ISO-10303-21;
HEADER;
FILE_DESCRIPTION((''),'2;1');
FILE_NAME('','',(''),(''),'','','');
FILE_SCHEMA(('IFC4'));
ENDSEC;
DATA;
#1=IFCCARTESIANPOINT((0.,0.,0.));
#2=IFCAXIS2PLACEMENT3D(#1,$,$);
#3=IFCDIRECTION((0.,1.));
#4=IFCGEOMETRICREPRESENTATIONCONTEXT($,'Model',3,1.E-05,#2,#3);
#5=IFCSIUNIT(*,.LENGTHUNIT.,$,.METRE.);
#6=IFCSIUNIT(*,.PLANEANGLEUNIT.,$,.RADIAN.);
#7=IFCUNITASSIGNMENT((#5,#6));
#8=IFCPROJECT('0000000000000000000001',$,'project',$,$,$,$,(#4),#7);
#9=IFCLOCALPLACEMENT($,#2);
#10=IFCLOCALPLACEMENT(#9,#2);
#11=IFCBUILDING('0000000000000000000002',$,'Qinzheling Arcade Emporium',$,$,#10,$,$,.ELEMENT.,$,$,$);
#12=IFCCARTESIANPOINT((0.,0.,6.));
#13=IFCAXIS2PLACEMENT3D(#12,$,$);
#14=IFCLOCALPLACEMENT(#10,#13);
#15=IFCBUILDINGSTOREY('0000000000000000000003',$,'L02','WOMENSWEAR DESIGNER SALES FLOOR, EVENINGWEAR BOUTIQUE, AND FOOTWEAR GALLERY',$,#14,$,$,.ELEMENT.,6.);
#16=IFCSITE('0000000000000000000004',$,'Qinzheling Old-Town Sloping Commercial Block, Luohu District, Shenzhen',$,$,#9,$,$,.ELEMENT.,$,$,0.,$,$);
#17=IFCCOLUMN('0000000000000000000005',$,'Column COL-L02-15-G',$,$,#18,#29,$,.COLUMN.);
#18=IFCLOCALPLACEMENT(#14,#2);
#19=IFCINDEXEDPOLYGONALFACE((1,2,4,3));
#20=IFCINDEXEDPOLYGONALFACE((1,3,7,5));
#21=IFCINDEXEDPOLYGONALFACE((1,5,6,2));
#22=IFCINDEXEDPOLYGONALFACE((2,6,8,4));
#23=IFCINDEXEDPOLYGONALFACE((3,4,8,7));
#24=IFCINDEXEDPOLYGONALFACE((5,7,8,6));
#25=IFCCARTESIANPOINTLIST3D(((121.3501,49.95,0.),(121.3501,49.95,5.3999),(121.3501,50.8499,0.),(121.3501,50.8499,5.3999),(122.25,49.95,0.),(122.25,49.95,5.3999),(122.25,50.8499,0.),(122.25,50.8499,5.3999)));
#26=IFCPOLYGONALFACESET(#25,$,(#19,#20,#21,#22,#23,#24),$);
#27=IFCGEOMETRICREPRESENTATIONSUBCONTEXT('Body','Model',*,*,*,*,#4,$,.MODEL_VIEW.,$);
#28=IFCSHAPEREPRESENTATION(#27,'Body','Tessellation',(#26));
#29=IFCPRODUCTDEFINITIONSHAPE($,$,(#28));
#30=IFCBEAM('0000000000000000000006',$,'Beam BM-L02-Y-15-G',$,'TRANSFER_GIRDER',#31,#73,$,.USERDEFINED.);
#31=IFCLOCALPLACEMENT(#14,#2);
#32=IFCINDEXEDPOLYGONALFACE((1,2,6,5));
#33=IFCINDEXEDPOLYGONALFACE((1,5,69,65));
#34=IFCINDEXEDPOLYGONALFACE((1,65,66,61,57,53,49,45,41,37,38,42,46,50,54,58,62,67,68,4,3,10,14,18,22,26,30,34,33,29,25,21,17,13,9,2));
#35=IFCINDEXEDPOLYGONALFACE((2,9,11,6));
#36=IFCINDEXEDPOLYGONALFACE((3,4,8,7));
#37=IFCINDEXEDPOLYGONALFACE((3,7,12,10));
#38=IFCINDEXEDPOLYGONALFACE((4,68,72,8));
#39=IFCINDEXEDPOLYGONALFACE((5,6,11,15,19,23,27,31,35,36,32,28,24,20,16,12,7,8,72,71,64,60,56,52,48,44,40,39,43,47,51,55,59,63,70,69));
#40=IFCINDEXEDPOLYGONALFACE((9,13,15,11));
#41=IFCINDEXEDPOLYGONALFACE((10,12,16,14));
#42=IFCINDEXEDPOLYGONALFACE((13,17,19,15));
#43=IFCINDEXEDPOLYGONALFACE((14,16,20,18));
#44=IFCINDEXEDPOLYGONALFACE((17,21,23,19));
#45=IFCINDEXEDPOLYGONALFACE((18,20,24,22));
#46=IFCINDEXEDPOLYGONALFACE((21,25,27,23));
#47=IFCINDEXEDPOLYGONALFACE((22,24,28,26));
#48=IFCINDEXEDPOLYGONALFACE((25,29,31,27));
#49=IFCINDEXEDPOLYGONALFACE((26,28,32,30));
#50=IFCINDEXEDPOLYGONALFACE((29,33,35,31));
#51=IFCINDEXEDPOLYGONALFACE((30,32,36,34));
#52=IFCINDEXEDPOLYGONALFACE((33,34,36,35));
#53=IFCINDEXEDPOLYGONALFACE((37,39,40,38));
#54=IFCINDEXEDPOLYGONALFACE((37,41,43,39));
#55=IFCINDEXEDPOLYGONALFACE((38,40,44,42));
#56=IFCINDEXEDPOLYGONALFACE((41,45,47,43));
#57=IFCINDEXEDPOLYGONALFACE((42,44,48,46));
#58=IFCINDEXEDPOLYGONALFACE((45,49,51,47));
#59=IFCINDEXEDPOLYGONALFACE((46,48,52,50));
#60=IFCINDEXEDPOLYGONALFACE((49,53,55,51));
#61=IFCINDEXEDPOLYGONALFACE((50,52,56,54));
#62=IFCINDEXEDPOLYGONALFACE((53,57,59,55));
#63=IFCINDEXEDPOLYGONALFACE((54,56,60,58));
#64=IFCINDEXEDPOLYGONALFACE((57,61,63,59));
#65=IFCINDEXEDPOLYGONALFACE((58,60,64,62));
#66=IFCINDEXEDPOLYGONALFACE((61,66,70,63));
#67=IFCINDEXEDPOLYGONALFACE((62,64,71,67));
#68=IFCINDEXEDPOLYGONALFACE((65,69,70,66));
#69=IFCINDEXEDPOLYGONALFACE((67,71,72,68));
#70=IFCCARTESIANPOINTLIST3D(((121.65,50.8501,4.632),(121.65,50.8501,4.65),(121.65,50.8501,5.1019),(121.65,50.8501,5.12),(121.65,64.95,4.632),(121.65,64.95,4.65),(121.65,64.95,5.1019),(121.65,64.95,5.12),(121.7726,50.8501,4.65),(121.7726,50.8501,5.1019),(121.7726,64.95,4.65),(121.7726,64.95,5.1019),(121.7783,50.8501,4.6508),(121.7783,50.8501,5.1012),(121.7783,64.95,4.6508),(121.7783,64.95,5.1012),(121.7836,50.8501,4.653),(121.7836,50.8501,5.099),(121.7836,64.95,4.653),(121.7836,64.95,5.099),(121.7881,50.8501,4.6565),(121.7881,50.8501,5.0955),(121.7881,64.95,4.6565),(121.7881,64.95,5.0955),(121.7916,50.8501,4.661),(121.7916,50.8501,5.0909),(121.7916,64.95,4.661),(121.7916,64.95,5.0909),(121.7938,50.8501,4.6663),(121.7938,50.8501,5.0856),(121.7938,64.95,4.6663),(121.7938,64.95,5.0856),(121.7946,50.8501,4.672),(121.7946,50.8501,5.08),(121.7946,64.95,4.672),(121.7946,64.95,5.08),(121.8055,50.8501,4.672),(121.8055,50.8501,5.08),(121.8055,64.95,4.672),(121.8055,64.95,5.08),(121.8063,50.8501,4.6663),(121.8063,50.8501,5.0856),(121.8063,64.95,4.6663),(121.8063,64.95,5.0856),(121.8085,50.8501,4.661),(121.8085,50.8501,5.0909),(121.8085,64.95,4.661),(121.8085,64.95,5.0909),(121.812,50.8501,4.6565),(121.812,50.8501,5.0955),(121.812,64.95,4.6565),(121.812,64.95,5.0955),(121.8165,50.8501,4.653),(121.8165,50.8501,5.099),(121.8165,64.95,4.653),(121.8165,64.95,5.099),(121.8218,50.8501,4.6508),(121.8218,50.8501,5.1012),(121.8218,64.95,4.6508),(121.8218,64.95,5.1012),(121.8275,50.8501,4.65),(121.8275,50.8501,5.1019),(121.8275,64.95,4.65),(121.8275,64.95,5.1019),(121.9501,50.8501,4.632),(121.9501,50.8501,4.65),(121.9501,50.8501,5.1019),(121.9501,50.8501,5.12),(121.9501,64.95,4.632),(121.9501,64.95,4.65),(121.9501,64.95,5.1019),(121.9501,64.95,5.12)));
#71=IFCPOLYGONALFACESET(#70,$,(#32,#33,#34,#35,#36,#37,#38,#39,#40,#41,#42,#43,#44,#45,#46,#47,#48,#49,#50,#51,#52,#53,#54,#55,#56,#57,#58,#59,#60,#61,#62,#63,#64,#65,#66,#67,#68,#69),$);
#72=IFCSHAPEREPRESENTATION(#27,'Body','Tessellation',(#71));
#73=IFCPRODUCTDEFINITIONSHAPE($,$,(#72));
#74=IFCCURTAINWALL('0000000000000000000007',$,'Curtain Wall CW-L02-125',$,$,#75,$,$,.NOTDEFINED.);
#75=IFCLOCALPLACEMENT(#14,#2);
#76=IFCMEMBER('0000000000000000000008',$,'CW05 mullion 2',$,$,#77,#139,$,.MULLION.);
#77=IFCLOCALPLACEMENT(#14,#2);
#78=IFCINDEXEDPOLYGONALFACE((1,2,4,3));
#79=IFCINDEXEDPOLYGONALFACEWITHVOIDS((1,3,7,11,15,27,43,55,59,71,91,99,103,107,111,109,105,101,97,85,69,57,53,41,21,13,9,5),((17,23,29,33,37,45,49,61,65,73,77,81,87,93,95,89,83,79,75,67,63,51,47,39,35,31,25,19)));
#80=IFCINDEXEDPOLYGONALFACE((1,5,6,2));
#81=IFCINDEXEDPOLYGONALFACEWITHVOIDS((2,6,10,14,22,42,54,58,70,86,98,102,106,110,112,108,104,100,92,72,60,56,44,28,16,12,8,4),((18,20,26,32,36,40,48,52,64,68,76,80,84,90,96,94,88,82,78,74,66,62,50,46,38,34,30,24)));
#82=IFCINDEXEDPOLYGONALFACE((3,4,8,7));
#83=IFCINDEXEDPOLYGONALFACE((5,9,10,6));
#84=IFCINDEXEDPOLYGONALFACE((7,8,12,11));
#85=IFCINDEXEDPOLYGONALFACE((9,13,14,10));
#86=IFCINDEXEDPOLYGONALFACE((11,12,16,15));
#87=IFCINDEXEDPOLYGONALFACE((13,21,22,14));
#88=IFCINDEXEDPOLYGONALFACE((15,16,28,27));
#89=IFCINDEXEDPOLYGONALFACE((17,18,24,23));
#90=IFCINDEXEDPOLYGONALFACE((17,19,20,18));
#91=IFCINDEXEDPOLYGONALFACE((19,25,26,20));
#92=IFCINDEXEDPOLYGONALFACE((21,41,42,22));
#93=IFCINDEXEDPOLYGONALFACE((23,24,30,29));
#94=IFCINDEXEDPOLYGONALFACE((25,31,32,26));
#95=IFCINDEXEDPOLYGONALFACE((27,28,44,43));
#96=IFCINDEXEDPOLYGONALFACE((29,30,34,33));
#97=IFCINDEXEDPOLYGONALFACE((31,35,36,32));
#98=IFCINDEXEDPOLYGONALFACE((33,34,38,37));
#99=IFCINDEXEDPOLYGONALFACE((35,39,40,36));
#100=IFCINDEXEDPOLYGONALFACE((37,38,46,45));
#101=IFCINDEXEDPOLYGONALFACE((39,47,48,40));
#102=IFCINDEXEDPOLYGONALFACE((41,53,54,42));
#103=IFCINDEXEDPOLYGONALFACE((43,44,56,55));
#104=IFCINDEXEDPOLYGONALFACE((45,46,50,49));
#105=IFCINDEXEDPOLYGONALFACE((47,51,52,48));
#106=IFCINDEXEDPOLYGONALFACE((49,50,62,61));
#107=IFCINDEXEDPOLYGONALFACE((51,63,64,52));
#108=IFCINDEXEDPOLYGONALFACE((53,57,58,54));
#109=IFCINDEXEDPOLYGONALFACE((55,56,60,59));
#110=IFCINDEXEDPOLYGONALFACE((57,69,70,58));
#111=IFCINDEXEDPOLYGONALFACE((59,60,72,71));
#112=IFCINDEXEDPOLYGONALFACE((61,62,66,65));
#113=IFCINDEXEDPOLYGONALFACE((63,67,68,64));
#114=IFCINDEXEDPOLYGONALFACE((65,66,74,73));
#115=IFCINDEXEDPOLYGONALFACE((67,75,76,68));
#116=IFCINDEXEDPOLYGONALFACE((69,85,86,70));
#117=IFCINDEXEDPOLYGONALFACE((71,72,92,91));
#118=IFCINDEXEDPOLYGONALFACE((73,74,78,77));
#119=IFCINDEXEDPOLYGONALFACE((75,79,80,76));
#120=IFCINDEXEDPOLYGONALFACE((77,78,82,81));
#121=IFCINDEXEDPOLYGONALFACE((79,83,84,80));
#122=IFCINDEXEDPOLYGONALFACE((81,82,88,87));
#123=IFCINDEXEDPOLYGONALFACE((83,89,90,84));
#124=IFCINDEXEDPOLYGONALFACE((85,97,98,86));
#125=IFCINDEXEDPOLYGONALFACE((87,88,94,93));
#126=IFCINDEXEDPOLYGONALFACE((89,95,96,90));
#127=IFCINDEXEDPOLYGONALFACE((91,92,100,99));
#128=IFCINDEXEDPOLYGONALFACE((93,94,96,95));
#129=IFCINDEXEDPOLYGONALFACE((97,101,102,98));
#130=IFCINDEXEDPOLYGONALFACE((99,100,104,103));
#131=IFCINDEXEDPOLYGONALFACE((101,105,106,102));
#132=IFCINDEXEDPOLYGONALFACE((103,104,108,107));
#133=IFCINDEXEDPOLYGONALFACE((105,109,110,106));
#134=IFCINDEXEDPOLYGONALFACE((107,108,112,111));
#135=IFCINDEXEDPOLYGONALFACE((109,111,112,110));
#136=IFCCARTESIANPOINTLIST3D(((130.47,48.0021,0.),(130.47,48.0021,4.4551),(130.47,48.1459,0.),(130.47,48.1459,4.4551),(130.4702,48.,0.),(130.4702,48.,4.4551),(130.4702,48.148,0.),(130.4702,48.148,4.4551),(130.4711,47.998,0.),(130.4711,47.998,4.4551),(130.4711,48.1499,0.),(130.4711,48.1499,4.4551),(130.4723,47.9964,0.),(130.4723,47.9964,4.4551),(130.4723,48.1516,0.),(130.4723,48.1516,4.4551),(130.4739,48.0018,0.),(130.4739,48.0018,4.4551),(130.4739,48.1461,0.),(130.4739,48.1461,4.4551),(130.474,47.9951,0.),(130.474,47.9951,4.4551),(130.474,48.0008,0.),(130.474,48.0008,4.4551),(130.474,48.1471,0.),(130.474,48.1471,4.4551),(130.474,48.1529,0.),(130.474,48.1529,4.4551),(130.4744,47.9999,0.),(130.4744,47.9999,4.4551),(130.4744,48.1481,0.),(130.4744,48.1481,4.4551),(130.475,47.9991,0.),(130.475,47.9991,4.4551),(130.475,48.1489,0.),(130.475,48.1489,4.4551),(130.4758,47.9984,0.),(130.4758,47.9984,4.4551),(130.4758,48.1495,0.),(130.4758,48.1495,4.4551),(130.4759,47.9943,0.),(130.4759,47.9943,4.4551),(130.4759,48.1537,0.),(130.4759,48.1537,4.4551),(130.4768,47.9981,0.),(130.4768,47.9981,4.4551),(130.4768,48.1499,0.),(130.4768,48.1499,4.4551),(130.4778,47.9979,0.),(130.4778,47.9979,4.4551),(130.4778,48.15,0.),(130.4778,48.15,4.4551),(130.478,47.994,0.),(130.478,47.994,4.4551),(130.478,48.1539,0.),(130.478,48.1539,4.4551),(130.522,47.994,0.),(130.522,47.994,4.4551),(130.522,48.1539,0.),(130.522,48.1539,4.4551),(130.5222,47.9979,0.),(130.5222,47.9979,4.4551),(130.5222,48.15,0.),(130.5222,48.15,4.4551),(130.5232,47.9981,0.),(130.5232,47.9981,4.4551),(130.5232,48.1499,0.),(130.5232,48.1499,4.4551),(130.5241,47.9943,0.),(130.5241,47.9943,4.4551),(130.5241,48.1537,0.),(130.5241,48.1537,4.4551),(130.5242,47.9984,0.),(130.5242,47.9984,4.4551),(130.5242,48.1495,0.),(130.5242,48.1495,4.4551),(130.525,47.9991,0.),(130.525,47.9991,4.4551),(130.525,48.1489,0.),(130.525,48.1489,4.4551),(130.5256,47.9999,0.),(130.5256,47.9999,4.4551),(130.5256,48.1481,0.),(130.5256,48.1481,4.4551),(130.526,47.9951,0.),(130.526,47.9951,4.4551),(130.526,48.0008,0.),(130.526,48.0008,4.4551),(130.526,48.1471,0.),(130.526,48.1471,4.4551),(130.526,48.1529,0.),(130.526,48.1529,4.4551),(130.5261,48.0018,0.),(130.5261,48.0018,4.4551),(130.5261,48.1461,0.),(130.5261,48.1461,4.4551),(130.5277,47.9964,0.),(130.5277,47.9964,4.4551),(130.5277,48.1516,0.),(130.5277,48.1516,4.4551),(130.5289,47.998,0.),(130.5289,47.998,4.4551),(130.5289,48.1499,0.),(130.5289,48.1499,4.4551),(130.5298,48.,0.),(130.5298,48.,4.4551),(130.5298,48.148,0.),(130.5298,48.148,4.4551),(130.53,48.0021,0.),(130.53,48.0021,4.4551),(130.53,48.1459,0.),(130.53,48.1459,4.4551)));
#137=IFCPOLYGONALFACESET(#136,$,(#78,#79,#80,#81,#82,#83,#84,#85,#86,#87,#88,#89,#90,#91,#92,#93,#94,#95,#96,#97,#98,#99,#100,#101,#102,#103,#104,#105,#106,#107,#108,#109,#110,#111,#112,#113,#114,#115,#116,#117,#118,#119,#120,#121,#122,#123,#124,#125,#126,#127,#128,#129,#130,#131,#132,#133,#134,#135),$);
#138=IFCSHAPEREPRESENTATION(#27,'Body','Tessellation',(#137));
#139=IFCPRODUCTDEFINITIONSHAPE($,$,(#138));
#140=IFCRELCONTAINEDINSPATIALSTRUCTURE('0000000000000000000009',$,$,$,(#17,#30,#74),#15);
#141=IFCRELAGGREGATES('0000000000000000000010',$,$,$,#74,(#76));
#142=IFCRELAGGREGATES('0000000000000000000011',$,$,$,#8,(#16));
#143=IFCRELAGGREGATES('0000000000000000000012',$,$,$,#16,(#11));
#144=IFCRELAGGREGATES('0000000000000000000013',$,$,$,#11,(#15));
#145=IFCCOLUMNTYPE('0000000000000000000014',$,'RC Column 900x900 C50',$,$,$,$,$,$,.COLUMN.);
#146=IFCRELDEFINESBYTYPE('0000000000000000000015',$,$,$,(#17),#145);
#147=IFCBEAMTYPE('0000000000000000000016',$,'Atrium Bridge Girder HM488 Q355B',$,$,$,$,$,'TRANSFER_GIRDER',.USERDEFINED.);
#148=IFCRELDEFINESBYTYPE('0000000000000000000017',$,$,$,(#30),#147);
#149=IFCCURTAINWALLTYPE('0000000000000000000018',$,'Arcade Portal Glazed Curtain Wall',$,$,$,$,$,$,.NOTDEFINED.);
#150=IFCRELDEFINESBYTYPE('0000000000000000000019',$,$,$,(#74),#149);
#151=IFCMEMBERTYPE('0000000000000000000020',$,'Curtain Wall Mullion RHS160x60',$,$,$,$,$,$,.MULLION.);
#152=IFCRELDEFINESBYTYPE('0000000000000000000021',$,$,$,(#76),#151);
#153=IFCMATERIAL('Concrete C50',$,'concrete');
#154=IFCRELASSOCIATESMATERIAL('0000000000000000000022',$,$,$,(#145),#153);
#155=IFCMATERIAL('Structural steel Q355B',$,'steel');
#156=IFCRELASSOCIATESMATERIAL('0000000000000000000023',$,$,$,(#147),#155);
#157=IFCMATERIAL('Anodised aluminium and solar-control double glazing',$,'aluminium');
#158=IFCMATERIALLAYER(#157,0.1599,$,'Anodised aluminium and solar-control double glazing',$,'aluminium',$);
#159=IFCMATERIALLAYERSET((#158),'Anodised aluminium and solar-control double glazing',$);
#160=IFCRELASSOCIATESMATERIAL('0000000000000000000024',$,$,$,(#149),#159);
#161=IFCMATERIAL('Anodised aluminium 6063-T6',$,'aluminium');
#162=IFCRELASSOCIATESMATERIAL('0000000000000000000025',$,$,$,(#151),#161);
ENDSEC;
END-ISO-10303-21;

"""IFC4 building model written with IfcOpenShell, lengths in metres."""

from ifc_helpers import new_model, si_unit, direction, frame, origin, origin_2d, place, context, subcontext, project, spatial, rectangle, hollow_rectangle, i_section, extrude, material, layer, layer_set, material_profile, profile_set, type_object, element, aggregate, save


model = new_model("IFC4")

# Units and contexts
model_context = context("Model", 3, precision=1e-05, world=origin(), true_north=direction((0.0, 1.0)))
body_context = subcontext(model_context, "Body", "Model", "MODEL_VIEW")
ifc_project = project(units=[si_unit("LENGTHUNIT", "METRE"), si_unit("PLANEANGLEUNIT", "RADIAN")], contexts=[model_context])

# Site, building, storey
site_placement = place(None, origin())
site = spatial("IfcSite", under=ifc_project, at=site_placement, Name="Qinzheling Old-Town Sloping Commercial Block, Luohu District, Shenzhen", CompositionType="ELEMENT", RefElevation=0.0)
building_placement = place(site_placement, origin())
building = spatial("IfcBuilding", under=site, at=building_placement, Name="Qinzheling Arcade Emporium", CompositionType="ELEMENT")
storey_placement = place(building_placement, frame((0.0, 0.0, 6.0)))
storey = spatial("IfcBuildingStorey", under=building, at=storey_placement, Name="L02", Description="WOMENSWEAR DESIGNER SALES FLOOR, EVENINGWEAR BOUTIQUE, AND FOOTWEAR GALLERY", CompositionType="ELEMENT", Elevation=6.0)

# Column
ifc_material_1 = material(Name="Concrete C50", Category="concrete")
ifc_material_profile_1 = material_profile(ifc_material_1, rectangle(XDim=0.8999, YDim=0.8999, at=origin_2d()), Name="RC 900x900", Category="concrete")
ifc_profile_set_1 = profile_set([ifc_material_profile_1], Name="Concrete C50")
column_type = type_object("IfcColumnType", Name="RC Column 900x900 C50", PredefinedType="COLUMN", material=ifc_profile_set_1)
column_placement = place(storey_placement, frame((121.8, 50.3999, 0.0), z_axis=(0.0, 0.0, 1.0), x_axis=(1.0, 0.0, 0.0)))
element("IfcColumn", 1, at=column_placement, inside=storey, type_object=column_type, Name="Column COL-L02-15-G", PredefinedType="COLUMN", context=body_context, shape_type="SweptSolid", body=[
    extrude(rectangle(XDim=0.8999, YDim=0.8999, at=origin_2d()), origin(), (0.0, 0.0, 1.0), 5.3999),
])

# Beam
ifc_material_2 = material(Name="Structural steel Q355B", Category="steel")
ifc_material_profile_2 = material_profile(ifc_material_2, i_section(OverallWidth=0.3, OverallDepth=0.488, WebThickness=0.011, FlangeThickness=0.0181, FilletRadius=0.022, at=origin_2d()), Name="HM 488x300x11x18", Category="steel")
ifc_profile_set_2 = profile_set([ifc_material_profile_2], Name="Structural steel Q355B")
beam_type_1 = type_object("IfcBeamType", Name="Atrium Bridge Girder HM488 Q355B", ElementType="TRANSFER_GIRDER", PredefinedType="USERDEFINED", material=ifc_profile_set_2)
beam_placement = place(storey_placement, frame((121.8, 50.8501, 4.876), z_axis=(0.0, 1.0, 0.0), x_axis=(-1.0, 0.0, 0.0)))
element("IfcBeam", 2, at=beam_placement, inside=storey, type_object=beam_type_1, Name="Beam BM-L02-Y-15-G", ObjectType="TRANSFER_GIRDER", PredefinedType="USERDEFINED", context=body_context, shape_type="SweptSolid", body=[
    extrude(i_section(OverallWidth=0.3, OverallDepth=0.488, WebThickness=0.011, FlangeThickness=0.0181, FilletRadius=0.022, at=origin_2d()), origin(), (0.0, 0.0, 1.0), 14.0999),
])

# Curtain wall, member
ifc_material_3 = material(Name="Anodised aluminium and solar-control double glazing", Category="aluminium")
ifc_layer_1 = layer(ifc_material_3, 0.1599, Name="Anodised aluminium and solar-control double glazing", Category="aluminium")
ifc_layer_set_1 = layer_set([ifc_layer_1], Name="Anodised aluminium and solar-control double glazing")
curtain_wall_type = type_object("IfcCurtainWallType", Name="Arcade Portal Glazed Curtain Wall", PredefinedType="NOTDEFINED", material=ifc_layer_set_1)
curtain_wall_placement = place(storey_placement, origin())
curtain_wall = element("IfcCurtainWall", 3, at=curtain_wall_placement, inside=storey, type_object=curtain_wall_type, Name="Curtain Wall CW-L02-125", PredefinedType="NOTDEFINED")
ifc_material_4 = material(Name="Anodised aluminium 6063-T6", Category="aluminium")
ifc_material_profile_3 = material_profile(ifc_material_4, hollow_rectangle(XDim=0.0601, YDim=0.1599, WallThickness=0.0039, InnerFilletRadius=0.0039, OuterFilletRadius=0.0081, at=origin_2d()), Name="RHS 160x60x4", Category="aluminium")
ifc_profile_set_3 = profile_set([ifc_material_profile_3], Name="Anodised aluminium 6063-T6")
member_type_1 = type_object("IfcMemberType", Name="Curtain Wall Mullion RHS160x60", PredefinedType="MULLION", material=ifc_profile_set_3)
member_1_placement = place(storey_placement, frame((130.5, 48.074, 0.0), z_axis=(0.0, 0.0, 1.0), x_axis=(1.0, 0.0, 0.0)))
member_1 = element("IfcMember", 4, at=member_1_placement, type_object=member_type_1, Name="CW05 mullion 2", PredefinedType="MULLION", context=body_context, shape_type="SweptSolid", body=[
    extrude(hollow_rectangle(XDim=0.0601, YDim=0.1599, WallThickness=0.0039, InnerFilletRadius=0.0039, OuterFilletRadius=0.0081, at=origin_2d()), origin(), (0.0, 0.0, 1.0), 4.4551),
])

aggregate(curtain_wall, [member_1])

save(model, "model.ifc")
